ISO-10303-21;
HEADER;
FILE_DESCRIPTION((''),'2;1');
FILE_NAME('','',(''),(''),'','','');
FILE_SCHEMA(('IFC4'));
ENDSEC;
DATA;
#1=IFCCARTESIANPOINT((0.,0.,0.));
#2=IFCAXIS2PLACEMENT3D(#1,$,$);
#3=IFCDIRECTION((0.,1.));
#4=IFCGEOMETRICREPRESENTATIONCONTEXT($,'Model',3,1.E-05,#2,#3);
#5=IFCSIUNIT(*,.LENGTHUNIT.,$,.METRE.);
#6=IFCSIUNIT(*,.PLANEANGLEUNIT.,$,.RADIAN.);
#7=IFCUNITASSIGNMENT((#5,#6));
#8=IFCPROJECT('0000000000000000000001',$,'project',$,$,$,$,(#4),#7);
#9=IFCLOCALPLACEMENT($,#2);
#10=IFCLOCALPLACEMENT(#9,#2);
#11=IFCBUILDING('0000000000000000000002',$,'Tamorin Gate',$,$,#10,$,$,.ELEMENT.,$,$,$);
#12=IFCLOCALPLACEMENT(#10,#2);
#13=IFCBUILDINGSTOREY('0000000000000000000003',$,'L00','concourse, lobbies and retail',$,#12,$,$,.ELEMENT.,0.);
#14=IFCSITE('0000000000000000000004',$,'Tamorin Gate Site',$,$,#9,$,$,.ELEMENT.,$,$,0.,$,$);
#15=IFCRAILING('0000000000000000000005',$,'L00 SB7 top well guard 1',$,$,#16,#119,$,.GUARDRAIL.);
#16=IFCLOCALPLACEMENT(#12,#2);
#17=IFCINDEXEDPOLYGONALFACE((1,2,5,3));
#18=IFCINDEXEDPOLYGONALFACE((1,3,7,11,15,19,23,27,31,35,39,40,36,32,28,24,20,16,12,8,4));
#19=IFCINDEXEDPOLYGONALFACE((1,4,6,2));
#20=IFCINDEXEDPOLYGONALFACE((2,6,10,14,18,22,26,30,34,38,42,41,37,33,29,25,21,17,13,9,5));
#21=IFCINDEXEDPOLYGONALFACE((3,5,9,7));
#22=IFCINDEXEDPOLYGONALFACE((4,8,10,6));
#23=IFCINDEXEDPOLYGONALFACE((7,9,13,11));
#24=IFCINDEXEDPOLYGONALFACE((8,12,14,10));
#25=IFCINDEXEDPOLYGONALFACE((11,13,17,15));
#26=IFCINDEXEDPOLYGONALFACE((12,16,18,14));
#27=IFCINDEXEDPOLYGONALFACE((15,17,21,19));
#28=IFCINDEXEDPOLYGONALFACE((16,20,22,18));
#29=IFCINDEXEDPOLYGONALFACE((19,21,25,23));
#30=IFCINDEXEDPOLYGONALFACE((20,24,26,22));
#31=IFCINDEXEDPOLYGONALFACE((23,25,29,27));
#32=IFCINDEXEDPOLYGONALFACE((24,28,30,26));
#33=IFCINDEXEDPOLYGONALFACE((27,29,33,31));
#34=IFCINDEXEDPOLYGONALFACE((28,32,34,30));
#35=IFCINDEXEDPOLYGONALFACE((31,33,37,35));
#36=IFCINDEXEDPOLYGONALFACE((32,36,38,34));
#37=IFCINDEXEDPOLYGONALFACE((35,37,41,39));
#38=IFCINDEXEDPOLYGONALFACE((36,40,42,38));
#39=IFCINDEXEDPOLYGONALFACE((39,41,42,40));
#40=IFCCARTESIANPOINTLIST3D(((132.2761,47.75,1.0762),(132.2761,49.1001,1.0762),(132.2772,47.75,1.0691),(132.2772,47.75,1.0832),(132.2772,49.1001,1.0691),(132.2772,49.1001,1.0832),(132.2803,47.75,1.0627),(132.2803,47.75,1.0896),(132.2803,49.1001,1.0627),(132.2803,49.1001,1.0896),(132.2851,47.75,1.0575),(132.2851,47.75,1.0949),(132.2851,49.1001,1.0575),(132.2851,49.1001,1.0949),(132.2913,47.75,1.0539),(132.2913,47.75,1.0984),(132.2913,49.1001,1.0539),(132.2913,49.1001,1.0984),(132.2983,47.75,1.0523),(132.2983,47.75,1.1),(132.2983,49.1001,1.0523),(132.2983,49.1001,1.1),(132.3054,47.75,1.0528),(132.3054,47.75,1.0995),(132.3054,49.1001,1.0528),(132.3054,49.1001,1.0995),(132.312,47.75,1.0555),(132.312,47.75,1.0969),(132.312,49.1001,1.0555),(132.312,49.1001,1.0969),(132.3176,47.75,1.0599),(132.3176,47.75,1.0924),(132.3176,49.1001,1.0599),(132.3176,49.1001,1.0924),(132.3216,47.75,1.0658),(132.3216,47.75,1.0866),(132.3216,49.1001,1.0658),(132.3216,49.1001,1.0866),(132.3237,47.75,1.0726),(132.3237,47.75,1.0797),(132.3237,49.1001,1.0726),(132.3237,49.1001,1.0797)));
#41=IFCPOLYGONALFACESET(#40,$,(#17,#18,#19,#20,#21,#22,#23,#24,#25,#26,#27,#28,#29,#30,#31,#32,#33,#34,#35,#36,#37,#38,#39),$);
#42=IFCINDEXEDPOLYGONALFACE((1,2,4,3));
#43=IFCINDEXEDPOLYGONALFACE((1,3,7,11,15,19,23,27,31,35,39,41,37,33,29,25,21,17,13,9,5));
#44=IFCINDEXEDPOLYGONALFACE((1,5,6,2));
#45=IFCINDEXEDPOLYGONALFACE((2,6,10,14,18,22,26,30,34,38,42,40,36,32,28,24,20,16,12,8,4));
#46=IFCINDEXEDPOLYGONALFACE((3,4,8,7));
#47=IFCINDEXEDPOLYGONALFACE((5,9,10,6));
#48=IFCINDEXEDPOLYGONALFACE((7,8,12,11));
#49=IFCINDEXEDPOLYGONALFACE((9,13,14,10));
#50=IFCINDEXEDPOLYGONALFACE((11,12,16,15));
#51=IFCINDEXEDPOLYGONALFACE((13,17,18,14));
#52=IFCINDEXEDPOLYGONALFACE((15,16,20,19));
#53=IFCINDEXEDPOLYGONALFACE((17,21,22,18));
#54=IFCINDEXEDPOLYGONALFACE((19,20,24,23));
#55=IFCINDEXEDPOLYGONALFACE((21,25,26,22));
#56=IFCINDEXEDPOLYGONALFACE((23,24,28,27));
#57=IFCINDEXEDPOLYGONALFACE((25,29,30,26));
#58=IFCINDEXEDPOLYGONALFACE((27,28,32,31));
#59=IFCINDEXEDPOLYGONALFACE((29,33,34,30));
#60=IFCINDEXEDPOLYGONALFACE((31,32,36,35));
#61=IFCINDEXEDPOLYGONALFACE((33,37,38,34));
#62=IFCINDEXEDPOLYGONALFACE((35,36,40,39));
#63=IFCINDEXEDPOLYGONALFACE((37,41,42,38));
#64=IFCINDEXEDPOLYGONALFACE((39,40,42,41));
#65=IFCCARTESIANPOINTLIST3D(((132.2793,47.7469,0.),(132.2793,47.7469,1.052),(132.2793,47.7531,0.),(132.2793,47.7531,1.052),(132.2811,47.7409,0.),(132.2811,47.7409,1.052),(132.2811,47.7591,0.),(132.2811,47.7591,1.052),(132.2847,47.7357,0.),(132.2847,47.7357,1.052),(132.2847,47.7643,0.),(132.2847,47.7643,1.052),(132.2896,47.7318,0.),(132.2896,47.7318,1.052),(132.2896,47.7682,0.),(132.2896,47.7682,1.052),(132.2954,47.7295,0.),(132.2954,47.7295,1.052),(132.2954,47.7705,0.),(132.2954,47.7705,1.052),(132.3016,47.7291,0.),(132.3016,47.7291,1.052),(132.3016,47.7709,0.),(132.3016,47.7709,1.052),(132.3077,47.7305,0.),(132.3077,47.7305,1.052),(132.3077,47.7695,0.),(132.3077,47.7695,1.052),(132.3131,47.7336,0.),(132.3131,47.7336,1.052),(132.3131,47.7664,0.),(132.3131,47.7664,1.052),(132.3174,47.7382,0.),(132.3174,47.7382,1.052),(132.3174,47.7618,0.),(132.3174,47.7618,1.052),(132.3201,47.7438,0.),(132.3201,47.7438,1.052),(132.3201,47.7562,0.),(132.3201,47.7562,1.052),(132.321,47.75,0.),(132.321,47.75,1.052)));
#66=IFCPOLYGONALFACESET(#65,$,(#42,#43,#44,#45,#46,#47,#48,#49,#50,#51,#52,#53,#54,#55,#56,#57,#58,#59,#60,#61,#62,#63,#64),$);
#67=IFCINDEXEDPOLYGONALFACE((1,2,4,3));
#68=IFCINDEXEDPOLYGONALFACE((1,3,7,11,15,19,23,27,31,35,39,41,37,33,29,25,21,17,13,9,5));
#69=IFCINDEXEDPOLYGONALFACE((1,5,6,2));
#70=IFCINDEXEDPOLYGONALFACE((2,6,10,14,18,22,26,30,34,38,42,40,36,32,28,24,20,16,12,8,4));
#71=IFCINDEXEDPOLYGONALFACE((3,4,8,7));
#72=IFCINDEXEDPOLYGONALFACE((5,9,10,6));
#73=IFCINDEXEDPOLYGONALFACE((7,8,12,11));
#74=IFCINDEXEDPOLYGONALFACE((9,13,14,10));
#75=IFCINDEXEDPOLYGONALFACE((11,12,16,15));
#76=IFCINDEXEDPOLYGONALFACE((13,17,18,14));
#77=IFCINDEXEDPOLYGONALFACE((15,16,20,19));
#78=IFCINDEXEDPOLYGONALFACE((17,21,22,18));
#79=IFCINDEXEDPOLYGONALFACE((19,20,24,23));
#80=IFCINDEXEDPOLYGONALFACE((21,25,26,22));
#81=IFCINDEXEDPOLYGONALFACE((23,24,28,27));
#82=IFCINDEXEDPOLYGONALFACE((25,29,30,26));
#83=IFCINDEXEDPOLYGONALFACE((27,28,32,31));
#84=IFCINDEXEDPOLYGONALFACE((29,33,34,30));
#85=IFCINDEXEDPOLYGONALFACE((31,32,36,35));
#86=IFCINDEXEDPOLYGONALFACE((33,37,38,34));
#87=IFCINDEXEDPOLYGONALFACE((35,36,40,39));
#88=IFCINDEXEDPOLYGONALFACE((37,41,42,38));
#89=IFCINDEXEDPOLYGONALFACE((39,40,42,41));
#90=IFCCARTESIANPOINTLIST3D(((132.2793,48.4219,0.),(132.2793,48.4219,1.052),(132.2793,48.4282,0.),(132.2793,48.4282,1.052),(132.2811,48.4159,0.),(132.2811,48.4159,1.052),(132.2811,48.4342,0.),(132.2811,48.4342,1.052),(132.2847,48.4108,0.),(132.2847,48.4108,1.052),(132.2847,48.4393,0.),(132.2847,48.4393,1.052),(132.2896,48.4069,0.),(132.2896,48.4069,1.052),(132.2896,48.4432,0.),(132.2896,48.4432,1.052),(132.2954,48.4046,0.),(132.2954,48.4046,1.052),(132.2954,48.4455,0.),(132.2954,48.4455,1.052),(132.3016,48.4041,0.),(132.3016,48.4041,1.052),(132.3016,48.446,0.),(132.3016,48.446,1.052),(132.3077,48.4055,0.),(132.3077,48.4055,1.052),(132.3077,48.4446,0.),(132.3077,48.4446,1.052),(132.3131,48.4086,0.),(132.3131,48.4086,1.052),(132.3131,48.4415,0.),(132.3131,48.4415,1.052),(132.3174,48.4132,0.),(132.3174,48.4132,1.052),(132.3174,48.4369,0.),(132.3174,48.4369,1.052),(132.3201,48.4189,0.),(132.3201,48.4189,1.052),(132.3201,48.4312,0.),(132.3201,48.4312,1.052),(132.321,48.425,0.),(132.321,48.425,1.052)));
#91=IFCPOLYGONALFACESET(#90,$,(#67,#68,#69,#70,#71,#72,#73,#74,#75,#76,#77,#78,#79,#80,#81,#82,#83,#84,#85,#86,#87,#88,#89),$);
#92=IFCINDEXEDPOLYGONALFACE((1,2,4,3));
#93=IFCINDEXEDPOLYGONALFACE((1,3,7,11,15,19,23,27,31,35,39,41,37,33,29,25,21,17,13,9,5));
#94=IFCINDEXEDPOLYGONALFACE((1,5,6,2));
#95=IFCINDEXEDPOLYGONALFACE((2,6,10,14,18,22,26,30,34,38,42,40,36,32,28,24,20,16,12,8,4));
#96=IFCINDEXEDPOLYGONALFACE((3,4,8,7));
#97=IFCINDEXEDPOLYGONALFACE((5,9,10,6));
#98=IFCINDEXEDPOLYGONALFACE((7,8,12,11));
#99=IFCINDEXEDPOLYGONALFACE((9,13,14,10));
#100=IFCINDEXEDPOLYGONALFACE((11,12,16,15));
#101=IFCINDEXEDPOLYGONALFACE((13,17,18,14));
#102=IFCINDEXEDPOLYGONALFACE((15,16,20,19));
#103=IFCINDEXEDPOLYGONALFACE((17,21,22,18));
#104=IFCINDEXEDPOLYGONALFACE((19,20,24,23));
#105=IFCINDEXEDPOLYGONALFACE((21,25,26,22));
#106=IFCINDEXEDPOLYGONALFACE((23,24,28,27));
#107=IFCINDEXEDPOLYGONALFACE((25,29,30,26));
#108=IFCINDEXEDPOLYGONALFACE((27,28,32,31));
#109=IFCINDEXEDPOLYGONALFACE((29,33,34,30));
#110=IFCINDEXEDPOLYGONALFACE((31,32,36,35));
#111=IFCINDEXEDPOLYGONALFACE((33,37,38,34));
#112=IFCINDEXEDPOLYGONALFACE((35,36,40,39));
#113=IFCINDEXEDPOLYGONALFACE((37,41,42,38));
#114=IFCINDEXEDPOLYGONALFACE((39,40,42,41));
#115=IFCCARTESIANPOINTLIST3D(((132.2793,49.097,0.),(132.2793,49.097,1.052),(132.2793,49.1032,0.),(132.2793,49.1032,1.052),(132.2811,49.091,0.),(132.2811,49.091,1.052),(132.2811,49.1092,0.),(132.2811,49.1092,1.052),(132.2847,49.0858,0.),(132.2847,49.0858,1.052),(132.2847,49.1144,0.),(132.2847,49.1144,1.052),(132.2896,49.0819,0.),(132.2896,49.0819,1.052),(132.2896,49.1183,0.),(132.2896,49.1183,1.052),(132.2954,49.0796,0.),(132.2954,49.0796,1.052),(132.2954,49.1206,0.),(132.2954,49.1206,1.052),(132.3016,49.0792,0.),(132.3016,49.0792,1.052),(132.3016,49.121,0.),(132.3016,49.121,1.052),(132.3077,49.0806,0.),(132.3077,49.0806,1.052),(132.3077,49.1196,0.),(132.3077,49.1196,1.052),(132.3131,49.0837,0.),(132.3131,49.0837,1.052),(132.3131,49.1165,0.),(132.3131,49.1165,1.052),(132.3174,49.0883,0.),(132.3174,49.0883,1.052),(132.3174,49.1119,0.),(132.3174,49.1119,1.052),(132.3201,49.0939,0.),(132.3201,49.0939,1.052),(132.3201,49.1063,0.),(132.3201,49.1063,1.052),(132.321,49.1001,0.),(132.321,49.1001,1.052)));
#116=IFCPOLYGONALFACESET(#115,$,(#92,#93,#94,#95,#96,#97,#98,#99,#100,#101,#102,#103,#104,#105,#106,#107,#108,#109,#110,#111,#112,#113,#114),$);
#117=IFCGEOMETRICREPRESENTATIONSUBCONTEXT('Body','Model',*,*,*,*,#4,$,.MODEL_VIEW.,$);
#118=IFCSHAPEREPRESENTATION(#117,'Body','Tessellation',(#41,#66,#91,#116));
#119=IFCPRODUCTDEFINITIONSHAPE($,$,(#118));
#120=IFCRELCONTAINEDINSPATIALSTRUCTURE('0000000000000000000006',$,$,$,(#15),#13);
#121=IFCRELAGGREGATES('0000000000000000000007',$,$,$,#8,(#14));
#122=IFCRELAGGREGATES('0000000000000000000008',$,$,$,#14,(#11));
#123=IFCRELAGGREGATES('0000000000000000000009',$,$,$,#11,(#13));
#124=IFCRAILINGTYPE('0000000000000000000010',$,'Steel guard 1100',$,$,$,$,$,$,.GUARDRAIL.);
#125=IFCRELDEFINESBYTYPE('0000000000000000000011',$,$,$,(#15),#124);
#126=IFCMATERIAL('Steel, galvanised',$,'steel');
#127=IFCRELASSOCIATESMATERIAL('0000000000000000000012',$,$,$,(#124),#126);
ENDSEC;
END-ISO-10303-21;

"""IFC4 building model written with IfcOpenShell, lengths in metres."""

from ifc_helpers import new_model, si_unit, direction, frame, origin, origin_2d, place, context, subcontext, project, spatial, circle, extrude, material, type_object, element, save


model = new_model("IFC4")

# Units and contexts
model_context = context("Model", 3, precision=1e-05, world=origin(), true_north=direction((0.0, 1.0)))
body_context = subcontext(model_context, "Body", "Model", "MODEL_VIEW")
ifc_project = project(units=[si_unit("LENGTHUNIT", "METRE"), si_unit("PLANEANGLEUNIT", "RADIAN")], contexts=[model_context])

# Site, building, storey
site_placement = place(None, origin())
site = spatial("IfcSite", under=ifc_project, at=site_placement, Name="Tamorin Gate Site", CompositionType="ELEMENT", RefElevation=0.0)
building_placement = place(site_placement, origin())
building = spatial("IfcBuilding", under=site, at=building_placement, Name="Tamorin Gate", CompositionType="ELEMENT")
storey_placement = place(building_placement, origin())
storey = spatial("IfcBuildingStorey", under=building, at=storey_placement, Name="L00", Description="concourse, lobbies and retail", CompositionType="ELEMENT", Elevation=0.0)

# Shared definitions
ifc_material_1 = material(Name="Steel, galvanised", Category="steel")

# Railing
railing_type = type_object("IfcRailingType", Name="Steel guard 1100", PredefinedType="GUARDRAIL", material=ifc_material_1)
railing_placement = place(storey_placement, frame((132.3, 47.75, 0.0)))
element("IfcRailing", 1, at=railing_placement, inside=storey, type_object=railing_type, Name="L00 SB7 top well guard 1", PredefinedType="GUARDRAIL", context=body_context, shape_type="SweptSolid", body=[
    extrude(circle(Radius=0.0239, at=origin_2d()), frame((0.0, 0.0, 1.0762), z_axis=(0.0, 1.0, 0.0), x_axis=(-1.0, 0.0, 0.0)), (0.0, 0.0, 1.0), 1.3501),
    extrude(circle(Radius=0.021, at=origin_2d()), origin(), (0.0, 0.0, 1.0), 1.052),
    extrude(circle(Radius=0.021, at=origin_2d()), frame((0.0, 0.675, 0.0)), (0.0, 0.0, 1.0), 1.052),
    extrude(circle(Radius=0.021, at=origin_2d()), frame((0.0, 1.3501, 0.0)), (0.0, 0.0, 1.0), 1.052),
])

save(model, "model.ifc")
